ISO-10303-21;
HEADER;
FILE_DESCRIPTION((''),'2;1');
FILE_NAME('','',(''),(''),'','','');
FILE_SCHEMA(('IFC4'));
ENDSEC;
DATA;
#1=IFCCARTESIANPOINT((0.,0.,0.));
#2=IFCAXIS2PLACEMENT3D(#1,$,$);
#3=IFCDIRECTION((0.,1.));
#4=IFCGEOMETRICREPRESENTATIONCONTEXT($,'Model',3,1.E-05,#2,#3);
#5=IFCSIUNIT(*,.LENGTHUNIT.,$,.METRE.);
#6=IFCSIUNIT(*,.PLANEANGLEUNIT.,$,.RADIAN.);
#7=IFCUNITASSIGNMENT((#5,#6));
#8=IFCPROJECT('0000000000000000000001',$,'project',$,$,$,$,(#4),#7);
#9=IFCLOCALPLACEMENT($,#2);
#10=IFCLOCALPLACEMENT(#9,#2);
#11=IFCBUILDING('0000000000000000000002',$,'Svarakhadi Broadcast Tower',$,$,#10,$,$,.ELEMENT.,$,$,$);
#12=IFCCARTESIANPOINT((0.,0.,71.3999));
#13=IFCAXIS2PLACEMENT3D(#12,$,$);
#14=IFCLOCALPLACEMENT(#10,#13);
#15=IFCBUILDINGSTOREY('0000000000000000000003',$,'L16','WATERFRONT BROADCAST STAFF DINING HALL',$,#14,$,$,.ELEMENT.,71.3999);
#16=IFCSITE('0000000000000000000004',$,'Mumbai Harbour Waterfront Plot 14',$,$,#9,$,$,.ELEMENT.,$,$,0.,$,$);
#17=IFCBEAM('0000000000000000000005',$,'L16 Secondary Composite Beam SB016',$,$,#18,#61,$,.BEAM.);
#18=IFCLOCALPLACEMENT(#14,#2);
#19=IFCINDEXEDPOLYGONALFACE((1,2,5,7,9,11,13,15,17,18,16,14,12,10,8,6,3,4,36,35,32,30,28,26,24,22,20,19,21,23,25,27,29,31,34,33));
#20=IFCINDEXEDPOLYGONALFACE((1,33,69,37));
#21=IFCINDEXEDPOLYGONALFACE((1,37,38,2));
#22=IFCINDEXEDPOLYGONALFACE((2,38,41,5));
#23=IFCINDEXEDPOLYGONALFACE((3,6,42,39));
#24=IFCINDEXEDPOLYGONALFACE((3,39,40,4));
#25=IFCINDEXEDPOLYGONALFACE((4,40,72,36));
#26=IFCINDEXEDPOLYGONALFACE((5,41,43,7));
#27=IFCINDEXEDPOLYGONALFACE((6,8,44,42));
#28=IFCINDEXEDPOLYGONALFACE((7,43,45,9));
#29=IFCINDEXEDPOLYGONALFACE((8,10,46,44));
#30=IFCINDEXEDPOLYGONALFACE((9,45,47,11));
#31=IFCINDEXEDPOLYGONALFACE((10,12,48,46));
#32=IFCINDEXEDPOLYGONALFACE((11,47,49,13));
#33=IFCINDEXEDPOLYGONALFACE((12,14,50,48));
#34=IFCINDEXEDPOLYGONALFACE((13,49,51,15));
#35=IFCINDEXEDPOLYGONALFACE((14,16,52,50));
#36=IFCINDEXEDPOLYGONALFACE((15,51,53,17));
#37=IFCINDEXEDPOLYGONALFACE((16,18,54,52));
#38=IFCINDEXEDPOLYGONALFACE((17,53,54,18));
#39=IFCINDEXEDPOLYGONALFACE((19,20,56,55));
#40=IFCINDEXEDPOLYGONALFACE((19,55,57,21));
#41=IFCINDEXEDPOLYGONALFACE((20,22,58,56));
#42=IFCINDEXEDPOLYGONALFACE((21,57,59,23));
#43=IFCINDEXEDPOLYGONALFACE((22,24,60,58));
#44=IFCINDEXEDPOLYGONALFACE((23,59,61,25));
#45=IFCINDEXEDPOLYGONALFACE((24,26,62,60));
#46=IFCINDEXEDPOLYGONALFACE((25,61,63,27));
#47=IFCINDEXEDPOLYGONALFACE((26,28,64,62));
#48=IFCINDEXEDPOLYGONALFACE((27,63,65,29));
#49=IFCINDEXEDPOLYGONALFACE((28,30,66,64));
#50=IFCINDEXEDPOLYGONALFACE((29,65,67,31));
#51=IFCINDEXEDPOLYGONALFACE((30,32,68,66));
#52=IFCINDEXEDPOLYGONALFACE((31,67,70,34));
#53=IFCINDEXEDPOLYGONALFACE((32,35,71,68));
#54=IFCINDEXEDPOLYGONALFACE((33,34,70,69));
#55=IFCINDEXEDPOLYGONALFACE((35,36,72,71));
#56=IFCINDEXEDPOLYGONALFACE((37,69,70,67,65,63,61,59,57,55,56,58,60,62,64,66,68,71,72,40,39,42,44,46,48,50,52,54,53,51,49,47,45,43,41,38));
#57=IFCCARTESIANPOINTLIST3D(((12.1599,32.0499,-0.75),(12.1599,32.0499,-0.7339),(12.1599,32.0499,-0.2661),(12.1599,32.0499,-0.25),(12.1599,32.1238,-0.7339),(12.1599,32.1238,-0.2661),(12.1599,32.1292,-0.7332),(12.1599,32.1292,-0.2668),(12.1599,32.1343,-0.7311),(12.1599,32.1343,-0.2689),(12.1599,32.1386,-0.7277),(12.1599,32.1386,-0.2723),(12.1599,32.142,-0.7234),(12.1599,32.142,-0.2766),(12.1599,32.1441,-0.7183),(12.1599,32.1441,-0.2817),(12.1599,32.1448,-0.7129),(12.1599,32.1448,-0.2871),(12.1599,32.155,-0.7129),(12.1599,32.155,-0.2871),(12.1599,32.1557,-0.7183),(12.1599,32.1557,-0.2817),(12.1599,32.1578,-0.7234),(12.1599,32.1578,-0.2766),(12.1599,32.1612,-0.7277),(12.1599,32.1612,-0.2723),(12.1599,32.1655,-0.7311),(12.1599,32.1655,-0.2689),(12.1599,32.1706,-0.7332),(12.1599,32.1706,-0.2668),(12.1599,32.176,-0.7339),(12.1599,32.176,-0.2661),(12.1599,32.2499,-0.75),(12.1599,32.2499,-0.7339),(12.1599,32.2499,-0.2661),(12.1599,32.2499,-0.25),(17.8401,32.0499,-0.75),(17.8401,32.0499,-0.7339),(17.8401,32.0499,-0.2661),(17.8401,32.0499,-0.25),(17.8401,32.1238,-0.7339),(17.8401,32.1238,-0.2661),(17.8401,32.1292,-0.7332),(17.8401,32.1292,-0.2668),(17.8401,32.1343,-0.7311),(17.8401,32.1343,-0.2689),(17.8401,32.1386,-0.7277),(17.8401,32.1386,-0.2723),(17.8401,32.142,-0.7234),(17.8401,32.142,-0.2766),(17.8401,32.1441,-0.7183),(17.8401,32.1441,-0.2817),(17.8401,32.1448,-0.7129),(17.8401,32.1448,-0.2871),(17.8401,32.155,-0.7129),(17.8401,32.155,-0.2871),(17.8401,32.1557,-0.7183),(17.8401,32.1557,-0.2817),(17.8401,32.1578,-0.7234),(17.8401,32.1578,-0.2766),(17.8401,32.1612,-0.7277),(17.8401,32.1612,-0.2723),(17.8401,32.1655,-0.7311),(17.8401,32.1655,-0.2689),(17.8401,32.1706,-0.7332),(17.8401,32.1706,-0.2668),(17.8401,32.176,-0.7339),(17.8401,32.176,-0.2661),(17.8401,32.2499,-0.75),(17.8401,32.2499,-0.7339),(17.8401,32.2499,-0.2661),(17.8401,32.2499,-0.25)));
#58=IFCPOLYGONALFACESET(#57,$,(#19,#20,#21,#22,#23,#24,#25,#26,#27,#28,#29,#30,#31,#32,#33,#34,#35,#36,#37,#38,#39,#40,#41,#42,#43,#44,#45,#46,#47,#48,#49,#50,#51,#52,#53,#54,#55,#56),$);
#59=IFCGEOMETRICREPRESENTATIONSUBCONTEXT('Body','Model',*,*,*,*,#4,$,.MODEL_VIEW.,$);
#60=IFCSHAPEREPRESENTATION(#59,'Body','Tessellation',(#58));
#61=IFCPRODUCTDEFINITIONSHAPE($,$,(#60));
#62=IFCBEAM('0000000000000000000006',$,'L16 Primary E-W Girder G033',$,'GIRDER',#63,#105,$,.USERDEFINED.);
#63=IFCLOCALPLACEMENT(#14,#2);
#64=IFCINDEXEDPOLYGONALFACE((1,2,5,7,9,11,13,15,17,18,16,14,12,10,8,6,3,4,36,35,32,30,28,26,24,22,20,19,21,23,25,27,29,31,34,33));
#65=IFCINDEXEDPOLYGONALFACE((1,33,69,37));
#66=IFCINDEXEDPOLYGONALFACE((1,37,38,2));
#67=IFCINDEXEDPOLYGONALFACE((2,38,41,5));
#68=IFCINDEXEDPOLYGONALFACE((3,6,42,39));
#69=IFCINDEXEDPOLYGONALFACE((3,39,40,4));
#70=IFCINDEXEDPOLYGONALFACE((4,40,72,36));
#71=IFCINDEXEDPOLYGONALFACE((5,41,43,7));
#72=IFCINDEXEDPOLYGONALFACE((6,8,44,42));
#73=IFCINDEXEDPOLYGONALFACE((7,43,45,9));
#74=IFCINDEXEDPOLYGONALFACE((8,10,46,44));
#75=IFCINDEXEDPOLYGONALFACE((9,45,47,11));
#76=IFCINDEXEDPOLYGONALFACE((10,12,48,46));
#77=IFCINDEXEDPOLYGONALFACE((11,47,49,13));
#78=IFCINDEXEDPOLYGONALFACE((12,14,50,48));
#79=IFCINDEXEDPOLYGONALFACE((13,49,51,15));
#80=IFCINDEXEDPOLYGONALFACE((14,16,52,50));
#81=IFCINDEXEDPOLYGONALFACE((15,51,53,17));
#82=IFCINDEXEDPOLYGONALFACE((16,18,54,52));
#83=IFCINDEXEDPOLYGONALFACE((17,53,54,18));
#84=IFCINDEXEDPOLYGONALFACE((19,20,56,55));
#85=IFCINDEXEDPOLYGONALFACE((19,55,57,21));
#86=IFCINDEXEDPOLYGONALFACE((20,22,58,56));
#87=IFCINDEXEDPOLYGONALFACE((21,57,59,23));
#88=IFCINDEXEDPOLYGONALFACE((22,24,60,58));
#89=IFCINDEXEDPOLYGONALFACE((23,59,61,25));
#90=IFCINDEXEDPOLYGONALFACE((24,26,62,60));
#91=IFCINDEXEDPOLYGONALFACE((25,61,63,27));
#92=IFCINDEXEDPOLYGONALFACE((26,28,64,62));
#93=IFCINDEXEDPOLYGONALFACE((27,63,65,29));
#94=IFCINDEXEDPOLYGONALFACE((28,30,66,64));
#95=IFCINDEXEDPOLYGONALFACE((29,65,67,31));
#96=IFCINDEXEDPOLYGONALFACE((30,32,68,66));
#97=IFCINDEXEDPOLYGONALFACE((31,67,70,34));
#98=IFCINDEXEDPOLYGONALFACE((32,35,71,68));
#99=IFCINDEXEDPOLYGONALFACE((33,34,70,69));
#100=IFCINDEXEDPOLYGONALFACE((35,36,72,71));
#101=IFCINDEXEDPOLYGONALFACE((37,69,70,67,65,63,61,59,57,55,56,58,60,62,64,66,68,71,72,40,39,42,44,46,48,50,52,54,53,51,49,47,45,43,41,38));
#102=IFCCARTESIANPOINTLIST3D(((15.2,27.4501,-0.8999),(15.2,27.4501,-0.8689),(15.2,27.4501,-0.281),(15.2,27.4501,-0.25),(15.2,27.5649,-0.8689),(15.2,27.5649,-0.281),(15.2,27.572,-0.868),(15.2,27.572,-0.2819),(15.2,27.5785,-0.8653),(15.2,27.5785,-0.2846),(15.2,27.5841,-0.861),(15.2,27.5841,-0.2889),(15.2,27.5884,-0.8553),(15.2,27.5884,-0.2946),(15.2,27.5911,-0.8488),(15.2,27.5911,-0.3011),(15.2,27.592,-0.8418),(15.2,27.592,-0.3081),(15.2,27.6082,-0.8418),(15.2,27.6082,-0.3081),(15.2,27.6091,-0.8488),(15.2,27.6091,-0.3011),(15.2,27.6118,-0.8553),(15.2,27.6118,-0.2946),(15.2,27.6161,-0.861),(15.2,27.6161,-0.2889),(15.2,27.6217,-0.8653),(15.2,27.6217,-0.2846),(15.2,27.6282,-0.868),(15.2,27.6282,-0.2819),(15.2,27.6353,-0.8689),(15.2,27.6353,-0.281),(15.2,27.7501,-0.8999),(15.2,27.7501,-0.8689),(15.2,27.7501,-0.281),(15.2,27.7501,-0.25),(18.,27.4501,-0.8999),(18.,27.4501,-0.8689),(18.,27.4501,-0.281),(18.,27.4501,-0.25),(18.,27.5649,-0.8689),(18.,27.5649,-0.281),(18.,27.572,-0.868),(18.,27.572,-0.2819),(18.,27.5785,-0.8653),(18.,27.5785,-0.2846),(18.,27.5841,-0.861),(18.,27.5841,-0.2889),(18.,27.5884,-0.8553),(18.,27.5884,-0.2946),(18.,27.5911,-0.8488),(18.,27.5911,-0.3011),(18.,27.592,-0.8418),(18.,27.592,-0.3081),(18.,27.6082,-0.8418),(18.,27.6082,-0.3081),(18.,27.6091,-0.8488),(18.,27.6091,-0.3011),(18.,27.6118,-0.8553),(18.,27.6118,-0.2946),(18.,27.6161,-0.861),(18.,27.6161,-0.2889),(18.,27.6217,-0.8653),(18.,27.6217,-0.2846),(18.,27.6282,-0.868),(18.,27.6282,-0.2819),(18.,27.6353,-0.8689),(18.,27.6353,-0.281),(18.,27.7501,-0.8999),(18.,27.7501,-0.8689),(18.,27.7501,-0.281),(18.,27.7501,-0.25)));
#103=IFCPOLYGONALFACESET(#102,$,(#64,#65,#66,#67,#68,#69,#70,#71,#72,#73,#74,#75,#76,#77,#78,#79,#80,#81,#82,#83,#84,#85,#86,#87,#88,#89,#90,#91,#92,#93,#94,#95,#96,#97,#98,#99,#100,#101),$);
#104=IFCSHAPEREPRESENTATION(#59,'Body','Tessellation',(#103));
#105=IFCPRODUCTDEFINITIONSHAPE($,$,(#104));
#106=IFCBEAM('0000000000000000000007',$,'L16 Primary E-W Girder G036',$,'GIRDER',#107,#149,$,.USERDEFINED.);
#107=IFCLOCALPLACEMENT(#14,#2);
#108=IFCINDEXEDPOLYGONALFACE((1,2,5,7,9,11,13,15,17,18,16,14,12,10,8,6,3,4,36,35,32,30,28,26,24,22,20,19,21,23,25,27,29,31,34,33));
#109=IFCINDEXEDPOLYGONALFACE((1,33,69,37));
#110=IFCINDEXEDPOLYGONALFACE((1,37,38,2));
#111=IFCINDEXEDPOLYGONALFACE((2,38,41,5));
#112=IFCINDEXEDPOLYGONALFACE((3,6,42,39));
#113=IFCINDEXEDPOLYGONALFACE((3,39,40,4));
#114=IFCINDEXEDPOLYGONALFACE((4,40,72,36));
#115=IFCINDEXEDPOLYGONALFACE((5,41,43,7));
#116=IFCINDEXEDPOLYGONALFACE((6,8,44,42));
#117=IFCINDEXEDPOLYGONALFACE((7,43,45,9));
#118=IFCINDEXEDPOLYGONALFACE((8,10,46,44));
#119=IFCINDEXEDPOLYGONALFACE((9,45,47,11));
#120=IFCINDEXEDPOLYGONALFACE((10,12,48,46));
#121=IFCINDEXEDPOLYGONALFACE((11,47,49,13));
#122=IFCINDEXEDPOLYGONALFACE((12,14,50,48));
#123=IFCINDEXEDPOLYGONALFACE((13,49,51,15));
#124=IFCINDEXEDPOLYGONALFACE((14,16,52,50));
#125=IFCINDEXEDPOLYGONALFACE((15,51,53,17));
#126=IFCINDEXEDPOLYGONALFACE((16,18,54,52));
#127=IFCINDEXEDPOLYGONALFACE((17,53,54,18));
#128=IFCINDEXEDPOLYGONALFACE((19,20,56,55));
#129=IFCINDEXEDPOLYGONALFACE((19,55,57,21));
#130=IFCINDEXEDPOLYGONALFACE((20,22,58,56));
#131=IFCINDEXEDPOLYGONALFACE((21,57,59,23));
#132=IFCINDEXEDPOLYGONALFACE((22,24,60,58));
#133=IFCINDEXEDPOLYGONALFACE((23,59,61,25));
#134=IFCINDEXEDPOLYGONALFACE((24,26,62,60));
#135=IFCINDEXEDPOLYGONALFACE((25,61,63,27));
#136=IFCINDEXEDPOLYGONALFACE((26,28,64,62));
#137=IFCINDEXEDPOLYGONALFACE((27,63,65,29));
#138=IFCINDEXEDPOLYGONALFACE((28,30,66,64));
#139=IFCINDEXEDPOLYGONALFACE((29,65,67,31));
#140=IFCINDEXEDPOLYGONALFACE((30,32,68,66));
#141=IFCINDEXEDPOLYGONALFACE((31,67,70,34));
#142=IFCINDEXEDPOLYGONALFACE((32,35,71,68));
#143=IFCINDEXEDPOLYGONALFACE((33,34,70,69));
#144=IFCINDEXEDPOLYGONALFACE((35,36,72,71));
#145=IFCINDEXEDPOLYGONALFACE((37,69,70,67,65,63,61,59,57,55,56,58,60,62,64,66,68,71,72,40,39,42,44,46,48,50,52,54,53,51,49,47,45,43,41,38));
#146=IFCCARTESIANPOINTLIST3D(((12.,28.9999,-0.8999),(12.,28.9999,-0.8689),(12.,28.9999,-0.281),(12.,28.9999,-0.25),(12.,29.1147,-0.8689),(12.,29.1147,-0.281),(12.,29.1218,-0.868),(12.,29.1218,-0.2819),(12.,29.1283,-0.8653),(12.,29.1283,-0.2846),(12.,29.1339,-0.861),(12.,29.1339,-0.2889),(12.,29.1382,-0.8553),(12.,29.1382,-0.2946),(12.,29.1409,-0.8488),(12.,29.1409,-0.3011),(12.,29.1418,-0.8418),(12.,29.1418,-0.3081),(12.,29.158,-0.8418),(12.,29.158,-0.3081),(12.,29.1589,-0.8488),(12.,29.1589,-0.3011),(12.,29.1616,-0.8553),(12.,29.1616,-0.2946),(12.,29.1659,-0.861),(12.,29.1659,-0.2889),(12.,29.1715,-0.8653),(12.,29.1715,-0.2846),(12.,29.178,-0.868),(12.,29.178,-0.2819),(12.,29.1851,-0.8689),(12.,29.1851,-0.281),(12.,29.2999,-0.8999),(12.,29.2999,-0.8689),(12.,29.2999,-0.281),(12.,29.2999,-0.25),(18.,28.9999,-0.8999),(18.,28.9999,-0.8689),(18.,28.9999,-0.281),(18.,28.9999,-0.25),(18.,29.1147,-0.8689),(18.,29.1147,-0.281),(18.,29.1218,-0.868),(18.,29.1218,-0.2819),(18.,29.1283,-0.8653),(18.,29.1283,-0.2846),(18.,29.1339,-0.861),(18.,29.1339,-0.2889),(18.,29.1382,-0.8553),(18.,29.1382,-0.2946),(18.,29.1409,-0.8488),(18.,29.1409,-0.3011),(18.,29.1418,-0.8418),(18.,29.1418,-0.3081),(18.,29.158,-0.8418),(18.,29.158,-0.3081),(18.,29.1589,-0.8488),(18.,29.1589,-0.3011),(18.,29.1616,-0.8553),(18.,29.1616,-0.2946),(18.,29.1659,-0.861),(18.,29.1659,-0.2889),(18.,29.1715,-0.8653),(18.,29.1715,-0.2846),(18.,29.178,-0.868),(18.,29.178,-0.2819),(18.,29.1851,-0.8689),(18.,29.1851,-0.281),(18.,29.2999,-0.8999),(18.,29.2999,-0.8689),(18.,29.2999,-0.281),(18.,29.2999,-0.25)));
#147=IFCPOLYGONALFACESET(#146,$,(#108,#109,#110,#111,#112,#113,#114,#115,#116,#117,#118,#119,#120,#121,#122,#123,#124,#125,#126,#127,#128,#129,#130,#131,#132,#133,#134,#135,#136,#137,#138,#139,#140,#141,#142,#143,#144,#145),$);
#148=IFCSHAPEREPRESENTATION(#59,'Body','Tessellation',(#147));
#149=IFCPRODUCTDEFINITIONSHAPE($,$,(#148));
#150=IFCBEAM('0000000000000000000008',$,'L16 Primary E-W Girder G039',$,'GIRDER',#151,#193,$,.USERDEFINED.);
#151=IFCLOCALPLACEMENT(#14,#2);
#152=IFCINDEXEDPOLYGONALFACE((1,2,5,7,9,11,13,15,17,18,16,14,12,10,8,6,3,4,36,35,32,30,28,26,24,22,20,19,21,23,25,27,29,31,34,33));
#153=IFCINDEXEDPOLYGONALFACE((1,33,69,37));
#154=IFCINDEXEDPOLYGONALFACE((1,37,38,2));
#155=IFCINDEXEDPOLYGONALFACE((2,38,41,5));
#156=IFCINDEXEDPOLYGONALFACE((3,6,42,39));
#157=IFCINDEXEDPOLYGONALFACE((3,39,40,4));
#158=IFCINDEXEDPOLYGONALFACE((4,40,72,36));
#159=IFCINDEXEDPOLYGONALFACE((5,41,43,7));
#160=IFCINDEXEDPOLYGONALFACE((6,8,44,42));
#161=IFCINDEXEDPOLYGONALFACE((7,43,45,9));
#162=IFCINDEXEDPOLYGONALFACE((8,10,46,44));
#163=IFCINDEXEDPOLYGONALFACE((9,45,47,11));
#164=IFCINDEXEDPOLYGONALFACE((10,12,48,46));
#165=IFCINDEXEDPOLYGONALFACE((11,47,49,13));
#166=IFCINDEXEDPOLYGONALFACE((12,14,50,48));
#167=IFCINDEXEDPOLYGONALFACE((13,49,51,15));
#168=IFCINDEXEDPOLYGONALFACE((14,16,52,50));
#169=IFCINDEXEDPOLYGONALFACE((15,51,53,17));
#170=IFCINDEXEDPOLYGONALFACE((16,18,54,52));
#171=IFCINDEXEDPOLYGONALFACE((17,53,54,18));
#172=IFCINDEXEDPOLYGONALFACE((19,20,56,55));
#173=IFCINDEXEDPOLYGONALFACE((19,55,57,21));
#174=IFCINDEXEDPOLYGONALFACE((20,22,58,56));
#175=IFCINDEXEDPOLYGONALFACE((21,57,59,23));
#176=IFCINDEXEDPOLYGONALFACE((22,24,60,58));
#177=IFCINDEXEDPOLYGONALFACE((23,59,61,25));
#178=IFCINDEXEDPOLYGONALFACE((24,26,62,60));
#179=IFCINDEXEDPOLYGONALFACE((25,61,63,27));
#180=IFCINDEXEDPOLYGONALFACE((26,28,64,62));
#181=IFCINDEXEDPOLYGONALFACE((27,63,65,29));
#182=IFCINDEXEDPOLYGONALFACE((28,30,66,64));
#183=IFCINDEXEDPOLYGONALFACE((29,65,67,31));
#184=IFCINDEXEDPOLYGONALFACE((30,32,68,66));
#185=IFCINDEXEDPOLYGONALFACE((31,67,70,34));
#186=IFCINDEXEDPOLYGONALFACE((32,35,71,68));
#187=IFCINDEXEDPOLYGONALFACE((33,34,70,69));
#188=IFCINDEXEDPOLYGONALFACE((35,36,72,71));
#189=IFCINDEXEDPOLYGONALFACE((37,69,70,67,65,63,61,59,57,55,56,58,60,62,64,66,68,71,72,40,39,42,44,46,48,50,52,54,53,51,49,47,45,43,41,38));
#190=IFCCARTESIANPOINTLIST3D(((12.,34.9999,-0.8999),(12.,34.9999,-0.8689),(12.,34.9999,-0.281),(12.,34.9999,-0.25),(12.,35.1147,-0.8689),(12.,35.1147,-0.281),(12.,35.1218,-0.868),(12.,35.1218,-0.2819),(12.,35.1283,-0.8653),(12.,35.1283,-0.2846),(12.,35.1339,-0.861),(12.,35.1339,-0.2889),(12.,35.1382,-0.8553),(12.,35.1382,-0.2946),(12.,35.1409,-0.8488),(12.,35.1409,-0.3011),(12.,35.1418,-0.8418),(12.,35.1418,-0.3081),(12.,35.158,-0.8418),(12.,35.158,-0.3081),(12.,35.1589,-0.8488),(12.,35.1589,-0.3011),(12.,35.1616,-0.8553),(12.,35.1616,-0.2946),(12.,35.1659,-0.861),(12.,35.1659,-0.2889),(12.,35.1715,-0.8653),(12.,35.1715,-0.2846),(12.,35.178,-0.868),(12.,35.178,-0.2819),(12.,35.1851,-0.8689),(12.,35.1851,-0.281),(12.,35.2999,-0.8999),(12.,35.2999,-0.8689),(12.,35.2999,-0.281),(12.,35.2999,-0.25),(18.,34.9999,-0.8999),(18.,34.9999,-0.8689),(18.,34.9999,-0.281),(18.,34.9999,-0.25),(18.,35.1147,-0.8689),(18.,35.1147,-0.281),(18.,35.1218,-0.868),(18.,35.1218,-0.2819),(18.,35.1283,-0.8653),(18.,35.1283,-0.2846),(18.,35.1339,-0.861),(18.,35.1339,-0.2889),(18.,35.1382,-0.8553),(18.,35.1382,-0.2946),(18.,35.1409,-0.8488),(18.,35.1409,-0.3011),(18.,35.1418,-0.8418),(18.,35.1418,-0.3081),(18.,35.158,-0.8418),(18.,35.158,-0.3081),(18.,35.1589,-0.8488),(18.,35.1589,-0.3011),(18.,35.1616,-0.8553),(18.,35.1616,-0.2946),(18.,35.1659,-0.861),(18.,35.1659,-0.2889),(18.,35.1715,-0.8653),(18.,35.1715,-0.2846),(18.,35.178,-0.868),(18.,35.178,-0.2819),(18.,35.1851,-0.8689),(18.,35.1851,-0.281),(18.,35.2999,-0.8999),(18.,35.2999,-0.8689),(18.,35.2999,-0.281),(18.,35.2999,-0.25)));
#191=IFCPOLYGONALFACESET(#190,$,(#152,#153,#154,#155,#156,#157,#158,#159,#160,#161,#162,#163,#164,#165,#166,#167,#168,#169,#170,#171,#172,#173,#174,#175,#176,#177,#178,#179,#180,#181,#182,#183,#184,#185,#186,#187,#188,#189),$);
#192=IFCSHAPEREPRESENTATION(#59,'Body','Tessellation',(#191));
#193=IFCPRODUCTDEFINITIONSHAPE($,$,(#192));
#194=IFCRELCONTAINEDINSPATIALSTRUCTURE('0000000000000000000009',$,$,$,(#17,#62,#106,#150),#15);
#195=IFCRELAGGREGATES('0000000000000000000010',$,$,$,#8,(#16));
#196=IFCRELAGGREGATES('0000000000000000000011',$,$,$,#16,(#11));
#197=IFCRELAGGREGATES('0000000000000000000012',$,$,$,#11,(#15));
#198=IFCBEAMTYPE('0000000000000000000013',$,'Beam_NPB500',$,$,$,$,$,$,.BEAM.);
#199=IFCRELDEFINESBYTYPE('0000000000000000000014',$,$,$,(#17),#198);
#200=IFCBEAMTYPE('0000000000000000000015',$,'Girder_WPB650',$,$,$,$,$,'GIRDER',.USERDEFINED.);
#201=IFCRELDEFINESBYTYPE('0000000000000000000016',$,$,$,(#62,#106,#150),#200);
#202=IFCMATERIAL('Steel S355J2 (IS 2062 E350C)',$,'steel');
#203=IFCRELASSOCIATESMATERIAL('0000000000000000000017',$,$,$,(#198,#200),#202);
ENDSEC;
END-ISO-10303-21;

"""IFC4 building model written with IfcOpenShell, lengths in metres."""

from ifc_helpers import new_model, si_unit, direction, frame, origin, origin_2d, place, context, subcontext, project, spatial, i_section, extrude, material, material_profile, profile_set, type_object, element, save


model = new_model("IFC4")

# Units and contexts
model_context = context("Model", 3, precision=1e-05, world=origin(), true_north=direction((0.0, 1.0)))
body_context = subcontext(model_context, "Body", "Model", "MODEL_VIEW")
ifc_project = project(units=[si_unit("LENGTHUNIT", "METRE"), si_unit("PLANEANGLEUNIT", "RADIAN")], contexts=[model_context])

# Site, building, storey
site_placement = place(None, origin())
site = spatial("IfcSite", under=ifc_project, at=site_placement, Name="Mumbai Harbour Waterfront Plot 14", CompositionType="ELEMENT", RefElevation=0.0)
building_placement = place(site_placement, origin())
building = spatial("IfcBuilding", under=site, at=building_placement, Name="Svarakhadi Broadcast Tower", CompositionType="ELEMENT")
storey_placement = place(building_placement, frame((0.0, 0.0, 71.3999)))
storey = spatial("IfcBuildingStorey", under=building, at=storey_placement, Name="L16", Description="WATERFRONT BROADCAST STAFF DINING HALL", CompositionType="ELEMENT", Elevation=71.3999)

# Beams
ifc_material_1 = material(Name="Steel S355J2 (IS 2062 E350C)", Category="steel")
ifc_material_profile_1 = material_profile(ifc_material_1, i_section(OverallWidth=0.2, OverallDepth=0.5, WebThickness=0.0103, FlangeThickness=0.0161, FilletRadius=0.021, at=origin_2d()), Name="NPB 500x200x91")
ifc_profile_set_1 = profile_set([ifc_material_profile_1], Name="Steel S355J2 (IS 2062 E350C)")
beam_type_1 = type_object("IfcBeamType", Name="Beam_NPB500", PredefinedType="BEAM", material=ifc_profile_set_1)
beam_1_placement = place(storey_placement, frame((12.1599, 32.1499, -0.5), z_axis=(1.0, 0.0, 0.0), x_axis=(0.0, 1.0, 0.0)))
element("IfcBeam", 1, at=beam_1_placement, inside=storey, type_object=beam_type_1, Name="L16 Secondary Composite Beam SB016", PredefinedType="BEAM", context=body_context, shape_type="SweptSolid", body=[
    extrude(i_section(OverallWidth=0.2, OverallDepth=0.5, WebThickness=0.0103, FlangeThickness=0.0161, FilletRadius=0.021, at=origin_2d()), origin(), (0.0, 0.0, 1.0), 5.6802),
])
ifc_material_profile_2 = material_profile(ifc_material_1, i_section(OverallWidth=0.3, OverallDepth=0.6499, WebThickness=0.0161, FlangeThickness=0.031, FilletRadius=0.0271, at=origin_2d()), Name="WPB 650x300x225")
ifc_profile_set_2 = profile_set([ifc_material_profile_2], Name="Steel S355J2 (IS 2062 E350C)")
beam_type_2 = type_object("IfcBeamType", Name="Girder_WPB650", ElementType="GIRDER", PredefinedType="USERDEFINED", material=ifc_profile_set_2)
beam_2_placement = place(storey_placement, frame((15.2, 27.6001, -0.575), z_axis=(1.0, 0.0, 0.0), x_axis=(0.0, 1.0, 0.0)))
element("IfcBeam", 2, at=beam_2_placement, inside=storey, type_object=beam_type_2, Name="L16 Primary E-W Girder G033", ObjectType="GIRDER", PredefinedType="USERDEFINED", context=body_context, shape_type="SweptSolid", body=[
    extrude(i_section(OverallWidth=0.3, OverallDepth=0.6499, WebThickness=0.0161, FlangeThickness=0.031, FilletRadius=0.0271, at=origin_2d()), origin(), (0.0, 0.0, 1.0), 2.8),
])
for number, where, z_axis, x_axis, name in (
    (3, (12.0, 29.1499, -0.575), (1.0, 0.0, 0.0), (0.0, 1.0, 0.0), "L16 Primary E-W Girder G036"),
    (4, (12.0, 35.1499, -0.575), (1.0, 0.0, 0.0), (0.0, 1.0, 0.0), "L16 Primary E-W Girder G039"),
):
    element("IfcBeam", number, at=place(storey_placement, frame(where, z_axis=z_axis, x_axis=x_axis)), inside=storey, type_object=beam_type_2, Name=name, ObjectType="GIRDER", PredefinedType="USERDEFINED", context=body_context, shape_type="SweptSolid", body=[
        extrude(i_section(OverallWidth=0.3, OverallDepth=0.6499, WebThickness=0.0161, FlangeThickness=0.031, FilletRadius=0.0271, at=origin_2d()), origin(), (0.0, 0.0, 1.0), 6.0),
    ])

save(model, "model.ifc")
